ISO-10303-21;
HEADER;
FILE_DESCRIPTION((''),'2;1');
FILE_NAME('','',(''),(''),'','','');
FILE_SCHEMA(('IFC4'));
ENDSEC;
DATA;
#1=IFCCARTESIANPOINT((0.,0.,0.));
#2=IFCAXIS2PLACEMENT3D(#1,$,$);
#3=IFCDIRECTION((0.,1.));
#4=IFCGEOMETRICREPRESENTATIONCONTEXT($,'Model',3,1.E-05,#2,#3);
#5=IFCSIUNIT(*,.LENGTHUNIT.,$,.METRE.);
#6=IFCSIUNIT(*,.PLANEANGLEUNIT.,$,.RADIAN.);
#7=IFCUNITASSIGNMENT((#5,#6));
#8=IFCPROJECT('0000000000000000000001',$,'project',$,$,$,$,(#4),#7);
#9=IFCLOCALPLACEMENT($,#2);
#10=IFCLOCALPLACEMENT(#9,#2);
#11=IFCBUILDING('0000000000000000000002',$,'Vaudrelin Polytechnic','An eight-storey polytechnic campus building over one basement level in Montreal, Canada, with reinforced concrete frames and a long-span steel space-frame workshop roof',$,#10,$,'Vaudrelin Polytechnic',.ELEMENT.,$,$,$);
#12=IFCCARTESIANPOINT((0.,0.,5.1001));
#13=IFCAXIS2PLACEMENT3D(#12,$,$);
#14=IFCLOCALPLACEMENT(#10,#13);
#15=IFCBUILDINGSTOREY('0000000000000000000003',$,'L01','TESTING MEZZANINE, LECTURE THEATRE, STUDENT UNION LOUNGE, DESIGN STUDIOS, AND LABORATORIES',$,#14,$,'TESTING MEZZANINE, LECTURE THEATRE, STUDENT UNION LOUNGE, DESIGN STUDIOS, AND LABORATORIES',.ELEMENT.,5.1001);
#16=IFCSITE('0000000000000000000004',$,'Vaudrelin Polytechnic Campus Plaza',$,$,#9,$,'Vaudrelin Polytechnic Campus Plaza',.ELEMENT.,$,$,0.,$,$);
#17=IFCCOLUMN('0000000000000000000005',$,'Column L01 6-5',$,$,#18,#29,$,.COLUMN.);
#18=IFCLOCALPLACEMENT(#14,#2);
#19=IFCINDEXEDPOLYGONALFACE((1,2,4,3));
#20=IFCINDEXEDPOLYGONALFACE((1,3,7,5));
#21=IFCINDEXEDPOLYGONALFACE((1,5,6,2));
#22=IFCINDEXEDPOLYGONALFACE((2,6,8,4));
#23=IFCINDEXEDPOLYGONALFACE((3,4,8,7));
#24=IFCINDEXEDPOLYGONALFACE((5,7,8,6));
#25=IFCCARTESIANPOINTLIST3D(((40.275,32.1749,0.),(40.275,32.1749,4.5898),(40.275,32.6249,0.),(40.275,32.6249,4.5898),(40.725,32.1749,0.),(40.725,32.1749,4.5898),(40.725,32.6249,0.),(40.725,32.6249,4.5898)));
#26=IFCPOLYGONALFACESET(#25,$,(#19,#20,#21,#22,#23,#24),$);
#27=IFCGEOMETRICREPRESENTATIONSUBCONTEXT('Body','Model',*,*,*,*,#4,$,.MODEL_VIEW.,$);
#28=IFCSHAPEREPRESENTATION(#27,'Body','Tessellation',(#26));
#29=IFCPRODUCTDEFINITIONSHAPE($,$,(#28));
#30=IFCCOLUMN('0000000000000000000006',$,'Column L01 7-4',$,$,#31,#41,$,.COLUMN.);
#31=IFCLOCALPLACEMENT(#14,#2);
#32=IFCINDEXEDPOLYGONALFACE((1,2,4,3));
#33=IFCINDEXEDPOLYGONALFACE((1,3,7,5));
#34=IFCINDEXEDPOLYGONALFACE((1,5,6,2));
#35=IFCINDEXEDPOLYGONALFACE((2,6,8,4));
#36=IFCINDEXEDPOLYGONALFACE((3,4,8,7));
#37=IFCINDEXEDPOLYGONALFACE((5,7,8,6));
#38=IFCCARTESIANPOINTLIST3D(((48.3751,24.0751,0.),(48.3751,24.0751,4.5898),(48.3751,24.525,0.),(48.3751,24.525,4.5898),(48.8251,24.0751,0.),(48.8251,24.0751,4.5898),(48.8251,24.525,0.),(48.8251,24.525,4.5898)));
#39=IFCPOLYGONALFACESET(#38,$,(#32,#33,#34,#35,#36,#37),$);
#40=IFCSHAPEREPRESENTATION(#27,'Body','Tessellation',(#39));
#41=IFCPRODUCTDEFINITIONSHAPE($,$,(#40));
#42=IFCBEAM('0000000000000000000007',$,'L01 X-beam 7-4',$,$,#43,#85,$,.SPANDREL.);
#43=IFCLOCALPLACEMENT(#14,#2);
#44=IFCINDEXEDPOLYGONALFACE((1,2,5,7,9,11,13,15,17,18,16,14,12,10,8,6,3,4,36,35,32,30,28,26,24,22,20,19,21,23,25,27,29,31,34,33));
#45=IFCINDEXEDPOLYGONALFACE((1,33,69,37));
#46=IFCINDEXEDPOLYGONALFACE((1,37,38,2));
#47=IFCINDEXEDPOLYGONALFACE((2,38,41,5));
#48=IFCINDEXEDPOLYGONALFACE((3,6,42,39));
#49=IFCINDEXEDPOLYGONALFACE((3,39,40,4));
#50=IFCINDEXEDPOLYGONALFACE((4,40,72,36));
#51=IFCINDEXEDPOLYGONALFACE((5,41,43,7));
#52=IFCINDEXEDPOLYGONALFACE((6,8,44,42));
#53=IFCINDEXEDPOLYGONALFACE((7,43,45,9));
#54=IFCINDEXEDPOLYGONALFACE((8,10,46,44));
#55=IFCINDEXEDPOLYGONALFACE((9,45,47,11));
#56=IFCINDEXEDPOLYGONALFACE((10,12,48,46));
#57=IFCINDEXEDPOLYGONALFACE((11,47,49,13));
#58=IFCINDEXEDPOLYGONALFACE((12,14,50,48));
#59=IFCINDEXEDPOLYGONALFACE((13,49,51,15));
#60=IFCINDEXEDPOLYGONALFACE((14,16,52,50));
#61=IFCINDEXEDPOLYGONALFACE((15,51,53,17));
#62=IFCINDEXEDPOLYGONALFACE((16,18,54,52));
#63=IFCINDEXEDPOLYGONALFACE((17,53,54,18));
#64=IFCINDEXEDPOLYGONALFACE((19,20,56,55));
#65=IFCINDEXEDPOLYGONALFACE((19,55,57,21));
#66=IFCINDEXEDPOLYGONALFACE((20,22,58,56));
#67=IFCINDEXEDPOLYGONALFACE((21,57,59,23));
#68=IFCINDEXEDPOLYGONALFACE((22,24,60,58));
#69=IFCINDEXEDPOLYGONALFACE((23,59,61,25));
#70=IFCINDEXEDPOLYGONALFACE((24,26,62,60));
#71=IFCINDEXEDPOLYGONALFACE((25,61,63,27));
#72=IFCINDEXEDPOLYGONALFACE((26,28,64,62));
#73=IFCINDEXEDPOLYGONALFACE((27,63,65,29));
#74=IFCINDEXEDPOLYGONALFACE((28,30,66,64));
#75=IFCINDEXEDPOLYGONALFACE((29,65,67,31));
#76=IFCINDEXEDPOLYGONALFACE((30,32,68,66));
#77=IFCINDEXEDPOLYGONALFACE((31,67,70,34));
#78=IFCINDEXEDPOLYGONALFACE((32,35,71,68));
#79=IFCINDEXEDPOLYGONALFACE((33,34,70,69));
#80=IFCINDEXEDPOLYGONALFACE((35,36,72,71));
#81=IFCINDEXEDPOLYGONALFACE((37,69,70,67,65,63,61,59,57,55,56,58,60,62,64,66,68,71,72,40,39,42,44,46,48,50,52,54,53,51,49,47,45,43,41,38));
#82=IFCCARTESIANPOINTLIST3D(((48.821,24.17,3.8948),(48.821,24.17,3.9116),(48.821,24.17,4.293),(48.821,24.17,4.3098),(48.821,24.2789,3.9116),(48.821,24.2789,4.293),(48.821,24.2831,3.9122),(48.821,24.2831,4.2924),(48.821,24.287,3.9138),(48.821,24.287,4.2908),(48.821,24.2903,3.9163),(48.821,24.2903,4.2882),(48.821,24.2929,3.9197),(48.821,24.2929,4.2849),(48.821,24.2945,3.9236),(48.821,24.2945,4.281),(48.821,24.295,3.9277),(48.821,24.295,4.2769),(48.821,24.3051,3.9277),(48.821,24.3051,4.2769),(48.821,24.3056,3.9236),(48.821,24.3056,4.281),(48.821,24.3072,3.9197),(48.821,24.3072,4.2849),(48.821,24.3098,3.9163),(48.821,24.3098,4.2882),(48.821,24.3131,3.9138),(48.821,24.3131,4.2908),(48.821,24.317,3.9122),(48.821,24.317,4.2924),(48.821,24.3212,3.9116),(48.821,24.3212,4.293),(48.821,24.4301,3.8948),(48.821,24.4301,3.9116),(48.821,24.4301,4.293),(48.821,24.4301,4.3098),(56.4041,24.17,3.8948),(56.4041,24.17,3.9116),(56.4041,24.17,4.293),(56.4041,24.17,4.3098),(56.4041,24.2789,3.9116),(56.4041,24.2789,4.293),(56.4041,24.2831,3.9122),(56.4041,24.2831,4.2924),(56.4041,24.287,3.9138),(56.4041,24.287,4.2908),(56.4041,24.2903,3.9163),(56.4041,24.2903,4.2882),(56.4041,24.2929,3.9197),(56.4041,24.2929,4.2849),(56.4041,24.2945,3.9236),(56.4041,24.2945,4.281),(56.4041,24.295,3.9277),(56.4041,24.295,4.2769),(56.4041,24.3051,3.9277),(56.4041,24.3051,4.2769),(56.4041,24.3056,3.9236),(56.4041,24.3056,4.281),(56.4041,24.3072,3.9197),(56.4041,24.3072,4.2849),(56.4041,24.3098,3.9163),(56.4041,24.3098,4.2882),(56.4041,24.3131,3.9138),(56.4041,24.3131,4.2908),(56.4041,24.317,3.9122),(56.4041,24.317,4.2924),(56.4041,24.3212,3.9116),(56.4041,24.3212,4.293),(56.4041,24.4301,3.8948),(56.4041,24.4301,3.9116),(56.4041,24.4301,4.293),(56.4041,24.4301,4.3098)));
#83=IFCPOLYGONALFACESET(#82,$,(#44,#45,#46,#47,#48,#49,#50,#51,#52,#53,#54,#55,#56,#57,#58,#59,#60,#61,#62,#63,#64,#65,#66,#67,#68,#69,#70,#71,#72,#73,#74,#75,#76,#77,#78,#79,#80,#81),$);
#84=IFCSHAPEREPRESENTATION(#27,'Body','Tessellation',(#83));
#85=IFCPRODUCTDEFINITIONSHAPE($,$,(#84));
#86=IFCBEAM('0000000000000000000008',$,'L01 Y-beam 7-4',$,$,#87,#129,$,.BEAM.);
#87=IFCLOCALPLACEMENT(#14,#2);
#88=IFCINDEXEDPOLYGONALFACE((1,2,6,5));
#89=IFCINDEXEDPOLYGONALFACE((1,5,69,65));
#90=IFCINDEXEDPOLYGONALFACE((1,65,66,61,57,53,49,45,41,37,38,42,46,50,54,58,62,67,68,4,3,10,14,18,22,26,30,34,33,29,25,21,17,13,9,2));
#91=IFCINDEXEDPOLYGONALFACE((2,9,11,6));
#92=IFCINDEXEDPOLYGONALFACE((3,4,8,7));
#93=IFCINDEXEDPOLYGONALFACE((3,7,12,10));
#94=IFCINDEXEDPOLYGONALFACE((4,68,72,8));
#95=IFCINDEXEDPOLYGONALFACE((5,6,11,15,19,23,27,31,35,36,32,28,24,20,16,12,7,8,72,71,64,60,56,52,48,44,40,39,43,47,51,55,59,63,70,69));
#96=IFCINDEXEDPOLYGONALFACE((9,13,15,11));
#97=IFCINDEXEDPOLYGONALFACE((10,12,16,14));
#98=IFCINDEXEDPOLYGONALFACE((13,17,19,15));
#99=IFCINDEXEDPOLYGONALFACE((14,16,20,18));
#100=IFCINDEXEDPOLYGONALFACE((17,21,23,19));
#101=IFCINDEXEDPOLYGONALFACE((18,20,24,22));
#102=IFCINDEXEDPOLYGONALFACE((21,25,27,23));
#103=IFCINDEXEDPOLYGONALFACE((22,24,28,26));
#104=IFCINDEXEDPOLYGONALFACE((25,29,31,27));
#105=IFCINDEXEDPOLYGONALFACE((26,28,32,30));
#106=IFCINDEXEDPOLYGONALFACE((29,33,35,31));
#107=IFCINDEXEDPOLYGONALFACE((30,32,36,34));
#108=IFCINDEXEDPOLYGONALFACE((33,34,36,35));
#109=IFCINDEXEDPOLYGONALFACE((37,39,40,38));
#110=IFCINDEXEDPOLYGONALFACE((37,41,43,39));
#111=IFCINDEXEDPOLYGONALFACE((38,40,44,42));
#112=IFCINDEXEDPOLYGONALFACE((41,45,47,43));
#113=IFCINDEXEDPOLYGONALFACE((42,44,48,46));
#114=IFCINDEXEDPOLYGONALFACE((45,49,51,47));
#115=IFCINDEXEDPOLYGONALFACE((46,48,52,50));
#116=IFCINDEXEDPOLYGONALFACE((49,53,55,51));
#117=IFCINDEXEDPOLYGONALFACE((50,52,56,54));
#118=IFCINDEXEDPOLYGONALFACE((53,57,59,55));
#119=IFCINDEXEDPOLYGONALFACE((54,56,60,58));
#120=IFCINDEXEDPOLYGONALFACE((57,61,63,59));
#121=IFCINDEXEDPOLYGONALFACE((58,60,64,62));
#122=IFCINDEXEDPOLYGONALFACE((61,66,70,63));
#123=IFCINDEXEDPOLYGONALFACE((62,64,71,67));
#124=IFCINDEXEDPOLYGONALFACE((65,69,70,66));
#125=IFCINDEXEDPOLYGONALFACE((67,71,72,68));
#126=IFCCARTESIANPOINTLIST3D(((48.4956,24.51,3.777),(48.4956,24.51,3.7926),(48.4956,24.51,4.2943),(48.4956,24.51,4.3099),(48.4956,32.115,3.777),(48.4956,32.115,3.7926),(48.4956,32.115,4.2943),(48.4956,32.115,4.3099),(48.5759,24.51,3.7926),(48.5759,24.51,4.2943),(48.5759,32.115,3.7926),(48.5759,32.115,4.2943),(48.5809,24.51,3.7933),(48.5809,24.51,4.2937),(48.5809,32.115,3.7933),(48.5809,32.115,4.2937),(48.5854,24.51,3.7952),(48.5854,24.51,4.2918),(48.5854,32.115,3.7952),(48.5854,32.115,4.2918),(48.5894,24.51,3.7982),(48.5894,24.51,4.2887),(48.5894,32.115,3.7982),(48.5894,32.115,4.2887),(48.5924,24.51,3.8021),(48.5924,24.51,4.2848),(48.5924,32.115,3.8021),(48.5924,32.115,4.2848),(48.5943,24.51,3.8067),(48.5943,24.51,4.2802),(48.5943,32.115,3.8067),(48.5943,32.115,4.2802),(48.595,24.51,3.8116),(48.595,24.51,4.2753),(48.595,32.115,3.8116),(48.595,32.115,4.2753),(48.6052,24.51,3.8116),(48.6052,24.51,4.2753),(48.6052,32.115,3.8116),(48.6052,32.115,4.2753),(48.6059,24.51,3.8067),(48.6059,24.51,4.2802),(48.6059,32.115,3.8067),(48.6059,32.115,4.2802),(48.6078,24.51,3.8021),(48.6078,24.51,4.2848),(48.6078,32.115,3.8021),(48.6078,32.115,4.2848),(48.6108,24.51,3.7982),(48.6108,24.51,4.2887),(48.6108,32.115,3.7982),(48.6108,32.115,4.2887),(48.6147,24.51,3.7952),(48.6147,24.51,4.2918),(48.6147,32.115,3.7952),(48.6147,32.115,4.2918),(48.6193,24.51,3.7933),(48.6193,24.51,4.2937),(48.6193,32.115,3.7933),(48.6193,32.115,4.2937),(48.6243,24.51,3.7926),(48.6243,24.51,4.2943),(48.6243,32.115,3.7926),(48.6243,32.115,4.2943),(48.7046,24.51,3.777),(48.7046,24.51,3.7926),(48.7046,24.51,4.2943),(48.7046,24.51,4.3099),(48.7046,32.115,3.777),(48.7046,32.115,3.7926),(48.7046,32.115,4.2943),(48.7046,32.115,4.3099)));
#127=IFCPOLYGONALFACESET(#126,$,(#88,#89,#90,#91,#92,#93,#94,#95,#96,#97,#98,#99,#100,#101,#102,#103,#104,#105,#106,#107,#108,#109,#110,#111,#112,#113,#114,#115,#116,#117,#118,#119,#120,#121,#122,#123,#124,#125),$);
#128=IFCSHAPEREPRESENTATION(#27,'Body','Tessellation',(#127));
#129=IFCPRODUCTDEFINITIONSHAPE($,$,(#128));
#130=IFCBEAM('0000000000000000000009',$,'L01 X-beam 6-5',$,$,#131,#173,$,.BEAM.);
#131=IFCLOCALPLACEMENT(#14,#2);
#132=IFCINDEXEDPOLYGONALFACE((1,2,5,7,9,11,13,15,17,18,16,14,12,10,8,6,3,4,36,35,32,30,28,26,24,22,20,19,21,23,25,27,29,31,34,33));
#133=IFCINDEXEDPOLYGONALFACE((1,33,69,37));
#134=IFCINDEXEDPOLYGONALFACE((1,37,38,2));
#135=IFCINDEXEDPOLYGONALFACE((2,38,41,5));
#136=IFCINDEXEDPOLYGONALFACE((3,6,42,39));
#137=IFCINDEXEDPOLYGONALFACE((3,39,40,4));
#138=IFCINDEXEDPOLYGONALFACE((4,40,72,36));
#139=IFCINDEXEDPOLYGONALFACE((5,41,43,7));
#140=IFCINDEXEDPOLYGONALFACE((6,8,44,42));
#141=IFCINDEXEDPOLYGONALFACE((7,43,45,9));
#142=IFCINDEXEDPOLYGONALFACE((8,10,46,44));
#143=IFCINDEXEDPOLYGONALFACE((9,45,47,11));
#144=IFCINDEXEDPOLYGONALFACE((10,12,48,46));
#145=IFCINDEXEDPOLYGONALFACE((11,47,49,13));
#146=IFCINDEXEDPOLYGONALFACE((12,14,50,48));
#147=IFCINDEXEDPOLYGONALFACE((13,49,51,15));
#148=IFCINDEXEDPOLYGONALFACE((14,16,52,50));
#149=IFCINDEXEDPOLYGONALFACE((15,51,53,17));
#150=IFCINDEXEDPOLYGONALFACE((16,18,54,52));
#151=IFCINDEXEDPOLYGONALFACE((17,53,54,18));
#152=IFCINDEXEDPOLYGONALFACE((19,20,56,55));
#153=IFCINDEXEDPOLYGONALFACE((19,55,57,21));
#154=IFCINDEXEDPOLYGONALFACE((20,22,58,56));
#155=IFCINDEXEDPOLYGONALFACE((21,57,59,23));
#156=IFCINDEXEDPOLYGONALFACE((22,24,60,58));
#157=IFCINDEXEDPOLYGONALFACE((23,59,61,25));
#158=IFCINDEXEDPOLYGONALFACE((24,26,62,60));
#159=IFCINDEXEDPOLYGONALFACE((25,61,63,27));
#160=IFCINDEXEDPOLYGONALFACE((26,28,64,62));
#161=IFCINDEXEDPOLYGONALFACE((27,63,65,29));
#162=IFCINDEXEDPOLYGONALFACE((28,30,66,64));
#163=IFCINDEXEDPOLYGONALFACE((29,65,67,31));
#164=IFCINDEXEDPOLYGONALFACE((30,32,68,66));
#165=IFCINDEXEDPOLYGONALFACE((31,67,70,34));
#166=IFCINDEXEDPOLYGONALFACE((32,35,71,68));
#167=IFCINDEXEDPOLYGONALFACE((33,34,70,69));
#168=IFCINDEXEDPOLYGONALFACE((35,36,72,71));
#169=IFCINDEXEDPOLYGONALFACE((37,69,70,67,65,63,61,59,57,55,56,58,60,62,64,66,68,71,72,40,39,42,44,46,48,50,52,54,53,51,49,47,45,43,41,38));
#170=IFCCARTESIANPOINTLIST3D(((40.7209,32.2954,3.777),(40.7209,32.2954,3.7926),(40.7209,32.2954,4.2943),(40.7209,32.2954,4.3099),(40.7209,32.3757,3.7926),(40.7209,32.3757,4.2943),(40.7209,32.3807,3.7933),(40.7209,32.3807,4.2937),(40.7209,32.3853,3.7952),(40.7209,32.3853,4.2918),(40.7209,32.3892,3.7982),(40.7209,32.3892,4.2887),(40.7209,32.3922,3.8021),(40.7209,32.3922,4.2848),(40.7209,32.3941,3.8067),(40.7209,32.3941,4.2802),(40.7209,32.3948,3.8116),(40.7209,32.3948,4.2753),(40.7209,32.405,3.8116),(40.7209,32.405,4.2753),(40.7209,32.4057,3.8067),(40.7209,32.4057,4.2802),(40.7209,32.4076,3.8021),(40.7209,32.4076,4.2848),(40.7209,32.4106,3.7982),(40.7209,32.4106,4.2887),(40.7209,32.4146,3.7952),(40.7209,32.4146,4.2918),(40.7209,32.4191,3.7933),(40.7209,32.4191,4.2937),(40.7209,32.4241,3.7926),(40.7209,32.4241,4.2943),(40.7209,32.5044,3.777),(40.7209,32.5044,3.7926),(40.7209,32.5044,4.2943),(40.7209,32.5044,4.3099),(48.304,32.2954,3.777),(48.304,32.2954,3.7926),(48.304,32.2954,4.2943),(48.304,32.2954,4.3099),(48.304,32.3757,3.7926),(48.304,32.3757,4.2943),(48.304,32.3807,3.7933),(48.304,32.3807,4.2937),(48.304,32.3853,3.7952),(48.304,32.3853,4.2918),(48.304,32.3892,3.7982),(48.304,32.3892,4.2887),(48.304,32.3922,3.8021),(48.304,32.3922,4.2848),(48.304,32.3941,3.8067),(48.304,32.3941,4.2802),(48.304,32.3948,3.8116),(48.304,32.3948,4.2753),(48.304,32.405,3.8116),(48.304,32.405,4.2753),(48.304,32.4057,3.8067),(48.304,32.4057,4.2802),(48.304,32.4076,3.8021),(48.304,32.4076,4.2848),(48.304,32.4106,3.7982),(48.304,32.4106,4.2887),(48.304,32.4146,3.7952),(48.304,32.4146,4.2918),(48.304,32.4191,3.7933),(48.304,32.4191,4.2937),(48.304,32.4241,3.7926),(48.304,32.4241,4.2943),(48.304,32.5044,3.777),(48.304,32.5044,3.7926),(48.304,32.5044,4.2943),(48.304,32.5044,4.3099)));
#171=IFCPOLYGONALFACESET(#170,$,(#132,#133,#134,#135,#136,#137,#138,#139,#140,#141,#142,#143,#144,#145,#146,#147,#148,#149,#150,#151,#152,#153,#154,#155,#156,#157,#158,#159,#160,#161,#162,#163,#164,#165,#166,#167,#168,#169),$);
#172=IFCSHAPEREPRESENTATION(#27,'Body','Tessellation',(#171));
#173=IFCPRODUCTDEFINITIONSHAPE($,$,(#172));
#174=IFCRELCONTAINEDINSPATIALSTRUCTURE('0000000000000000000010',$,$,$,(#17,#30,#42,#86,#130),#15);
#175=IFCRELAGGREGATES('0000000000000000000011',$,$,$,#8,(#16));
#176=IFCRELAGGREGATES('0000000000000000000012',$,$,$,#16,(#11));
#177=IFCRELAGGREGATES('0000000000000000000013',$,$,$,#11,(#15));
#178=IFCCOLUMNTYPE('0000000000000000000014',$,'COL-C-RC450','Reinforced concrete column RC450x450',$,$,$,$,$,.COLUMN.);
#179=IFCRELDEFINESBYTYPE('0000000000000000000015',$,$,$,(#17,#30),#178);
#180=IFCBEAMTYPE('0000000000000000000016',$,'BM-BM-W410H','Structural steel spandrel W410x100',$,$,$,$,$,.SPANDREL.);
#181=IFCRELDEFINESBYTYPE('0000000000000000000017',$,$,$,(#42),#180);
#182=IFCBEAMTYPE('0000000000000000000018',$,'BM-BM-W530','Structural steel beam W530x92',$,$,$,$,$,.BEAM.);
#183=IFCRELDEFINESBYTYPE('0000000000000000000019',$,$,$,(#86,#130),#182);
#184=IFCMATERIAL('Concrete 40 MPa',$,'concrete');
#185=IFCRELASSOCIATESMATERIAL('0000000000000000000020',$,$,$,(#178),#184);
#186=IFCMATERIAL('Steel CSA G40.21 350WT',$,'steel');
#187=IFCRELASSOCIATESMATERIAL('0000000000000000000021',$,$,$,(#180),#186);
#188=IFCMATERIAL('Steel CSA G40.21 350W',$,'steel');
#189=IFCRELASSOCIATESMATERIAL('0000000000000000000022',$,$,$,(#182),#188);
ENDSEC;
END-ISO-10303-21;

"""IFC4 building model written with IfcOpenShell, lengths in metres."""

from ifc_helpers import new_model, si_unit, direction, frame, origin, origin_2d, place, context, subcontext, project, spatial, rectangle, i_section, extrude, material, material_profile, profile_set, type_object, element, save


model = new_model("IFC4")

# Units and contexts
model_context = context("Model", 3, precision=1e-05, world=origin(), true_north=direction((0.0, 1.0)))
body_context = subcontext(model_context, "Body", "Model", "MODEL_VIEW")
ifc_project = project(units=[si_unit("LENGTHUNIT", "METRE"), si_unit("PLANEANGLEUNIT", "RADIAN")], contexts=[model_context])

# Site, building, storey
site_placement = place(None, origin())
site = spatial("IfcSite", under=ifc_project, at=site_placement, Name="Vaudrelin Polytechnic Campus Plaza", LongName="Vaudrelin Polytechnic Campus Plaza", CompositionType="ELEMENT", RefElevation=0.0)
building_placement = place(site_placement, origin())
building = spatial("IfcBuilding", under=site, at=building_placement, Name="Vaudrelin Polytechnic", Description="An eight-storey polytechnic campus building over one basement level in Montreal, Canada, with reinforced concrete frames and a long-span steel space-frame workshop roof", LongName="Vaudrelin Polytechnic", CompositionType="ELEMENT")
storey_placement = place(building_placement, frame((0.0, 0.0, 5.1001)))
storey = spatial("IfcBuildingStorey", under=building, at=storey_placement, Name="L01", Description="TESTING MEZZANINE, LECTURE THEATRE, STUDENT UNION LOUNGE, DESIGN STUDIOS, AND LABORATORIES", LongName="TESTING MEZZANINE, LECTURE THEATRE, STUDENT UNION LOUNGE, DESIGN STUDIOS, AND LABORATORIES", CompositionType="ELEMENT", Elevation=5.1001)

# Columns
ifc_material_1 = material(Name="Concrete 40 MPa", Category="concrete")
ifc_material_profile_1 = material_profile(ifc_material_1, rectangle(XDim=0.45, YDim=0.45, at=origin_2d()), Name="RC450x450")
ifc_profile_set_1 = profile_set([ifc_material_profile_1], Name="Concrete 40 MPa")
column_type = type_object("IfcColumnType", Name="COL-C-RC450", Description="Reinforced concrete column RC450x450", PredefinedType="COLUMN", material=ifc_profile_set_1)
for number, where, z_axis, x_axis, name in (
    (1, (40.5, 32.3999, 0.0), (0.0, 0.0, 1.0), (1.0, 0.0, 0.0), "Column L01 6-5"),
    (2, (48.6001, 24.3, 0.0), (0.0, 0.0, 1.0), (1.0, 0.0, 0.0), "Column L01 7-4"),
):
    element("IfcColumn", number, at=place(storey_placement, frame(where, z_axis=z_axis, x_axis=x_axis)), inside=storey, type_object=column_type, Name=name, PredefinedType="COLUMN", context=body_context, shape_type="SweptSolid", body=[
        extrude(rectangle(XDim=0.45, YDim=0.45, at=origin_2d()), origin(), (0.0, 0.0, 1.0), 4.5898),
    ])

# Beams
ifc_material_2 = material(Name="Steel CSA G40.21 350WT", Category="steel")
ifc_material_profile_2 = material_profile(ifc_material_2, i_section(OverallWidth=0.26, OverallDepth=0.415, WebThickness=0.01, FlangeThickness=0.0168, FilletRadius=0.0161, at=origin_2d()), Name="W410x100")
ifc_profile_set_2 = profile_set([ifc_material_profile_2], Name="Steel CSA G40.21 350WT")
beam_type_1 = type_object("IfcBeamType", Name="BM-BM-W410H", Description="Structural steel spandrel W410x100", PredefinedType="SPANDREL", material=ifc_profile_set_2)
beam_1_placement = place(storey_placement, frame((48.821, 24.3, 4.1023), z_axis=(1.0, 0.0, 0.0), x_axis=(0.0, 1.0, 0.0)))
element("IfcBeam", 3, at=beam_1_placement, inside=storey, type_object=beam_type_1, Name="L01 X-beam 7-4", PredefinedType="SPANDREL", context=body_context, shape_type="SweptSolid", body=[
    extrude(i_section(OverallWidth=0.26, OverallDepth=0.415, WebThickness=0.01, FlangeThickness=0.0168, FilletRadius=0.0161, at=origin_2d()), origin(), (0.0, 0.0, 1.0), 7.583),
])
ifc_material_3 = material(Name="Steel CSA G40.21 350W", Category="steel")
ifc_material_profile_3 = material_profile(ifc_material_3, i_section(OverallWidth=0.209, OverallDepth=0.533, WebThickness=0.0103, FlangeThickness=0.0156, FilletRadius=0.019, at=origin_2d()), Name="W530x92")
ifc_profile_set_3 = profile_set([ifc_material_profile_3], Name="Steel CSA G40.21 350W")
beam_type_2 = type_object("IfcBeamType", Name="BM-BM-W530", Description="Structural steel beam W530x92", PredefinedType="BEAM", material=ifc_profile_set_3)
beam_2_placement = place(storey_placement, frame((48.6001, 24.51, 4.0435), z_axis=(0.0, 1.0, 0.0), x_axis=(-1.0, 0.0, 0.0)))
element("IfcBeam", 4, at=beam_2_placement, inside=storey, type_object=beam_type_2, Name="L01 Y-beam 7-4", PredefinedType="BEAM", context=body_context, shape_type="SweptSolid", body=[
    extrude(i_section(OverallWidth=0.209, OverallDepth=0.533, WebThickness=0.0103, FlangeThickness=0.0156, FilletRadius=0.019, at=origin_2d()), origin(), (0.0, 0.0, 1.0), 7.605),
])
beam_3_placement = place(storey_placement, frame((40.7209, 32.3999, 4.0435), z_axis=(1.0, 0.0, 0.0), x_axis=(0.0, 1.0, 0.0)))
element("IfcBeam", 5, at=beam_3_placement, inside=storey, type_object=beam_type_2, Name="L01 X-beam 6-5", PredefinedType="BEAM", context=body_context, shape_type="SweptSolid", body=[
    extrude(i_section(OverallWidth=0.209, OverallDepth=0.533, WebThickness=0.0103, FlangeThickness=0.0156, FilletRadius=0.019, at=origin_2d()), origin(), (0.0, 0.0, 1.0), 7.583),
])

save(model, "model.ifc")
